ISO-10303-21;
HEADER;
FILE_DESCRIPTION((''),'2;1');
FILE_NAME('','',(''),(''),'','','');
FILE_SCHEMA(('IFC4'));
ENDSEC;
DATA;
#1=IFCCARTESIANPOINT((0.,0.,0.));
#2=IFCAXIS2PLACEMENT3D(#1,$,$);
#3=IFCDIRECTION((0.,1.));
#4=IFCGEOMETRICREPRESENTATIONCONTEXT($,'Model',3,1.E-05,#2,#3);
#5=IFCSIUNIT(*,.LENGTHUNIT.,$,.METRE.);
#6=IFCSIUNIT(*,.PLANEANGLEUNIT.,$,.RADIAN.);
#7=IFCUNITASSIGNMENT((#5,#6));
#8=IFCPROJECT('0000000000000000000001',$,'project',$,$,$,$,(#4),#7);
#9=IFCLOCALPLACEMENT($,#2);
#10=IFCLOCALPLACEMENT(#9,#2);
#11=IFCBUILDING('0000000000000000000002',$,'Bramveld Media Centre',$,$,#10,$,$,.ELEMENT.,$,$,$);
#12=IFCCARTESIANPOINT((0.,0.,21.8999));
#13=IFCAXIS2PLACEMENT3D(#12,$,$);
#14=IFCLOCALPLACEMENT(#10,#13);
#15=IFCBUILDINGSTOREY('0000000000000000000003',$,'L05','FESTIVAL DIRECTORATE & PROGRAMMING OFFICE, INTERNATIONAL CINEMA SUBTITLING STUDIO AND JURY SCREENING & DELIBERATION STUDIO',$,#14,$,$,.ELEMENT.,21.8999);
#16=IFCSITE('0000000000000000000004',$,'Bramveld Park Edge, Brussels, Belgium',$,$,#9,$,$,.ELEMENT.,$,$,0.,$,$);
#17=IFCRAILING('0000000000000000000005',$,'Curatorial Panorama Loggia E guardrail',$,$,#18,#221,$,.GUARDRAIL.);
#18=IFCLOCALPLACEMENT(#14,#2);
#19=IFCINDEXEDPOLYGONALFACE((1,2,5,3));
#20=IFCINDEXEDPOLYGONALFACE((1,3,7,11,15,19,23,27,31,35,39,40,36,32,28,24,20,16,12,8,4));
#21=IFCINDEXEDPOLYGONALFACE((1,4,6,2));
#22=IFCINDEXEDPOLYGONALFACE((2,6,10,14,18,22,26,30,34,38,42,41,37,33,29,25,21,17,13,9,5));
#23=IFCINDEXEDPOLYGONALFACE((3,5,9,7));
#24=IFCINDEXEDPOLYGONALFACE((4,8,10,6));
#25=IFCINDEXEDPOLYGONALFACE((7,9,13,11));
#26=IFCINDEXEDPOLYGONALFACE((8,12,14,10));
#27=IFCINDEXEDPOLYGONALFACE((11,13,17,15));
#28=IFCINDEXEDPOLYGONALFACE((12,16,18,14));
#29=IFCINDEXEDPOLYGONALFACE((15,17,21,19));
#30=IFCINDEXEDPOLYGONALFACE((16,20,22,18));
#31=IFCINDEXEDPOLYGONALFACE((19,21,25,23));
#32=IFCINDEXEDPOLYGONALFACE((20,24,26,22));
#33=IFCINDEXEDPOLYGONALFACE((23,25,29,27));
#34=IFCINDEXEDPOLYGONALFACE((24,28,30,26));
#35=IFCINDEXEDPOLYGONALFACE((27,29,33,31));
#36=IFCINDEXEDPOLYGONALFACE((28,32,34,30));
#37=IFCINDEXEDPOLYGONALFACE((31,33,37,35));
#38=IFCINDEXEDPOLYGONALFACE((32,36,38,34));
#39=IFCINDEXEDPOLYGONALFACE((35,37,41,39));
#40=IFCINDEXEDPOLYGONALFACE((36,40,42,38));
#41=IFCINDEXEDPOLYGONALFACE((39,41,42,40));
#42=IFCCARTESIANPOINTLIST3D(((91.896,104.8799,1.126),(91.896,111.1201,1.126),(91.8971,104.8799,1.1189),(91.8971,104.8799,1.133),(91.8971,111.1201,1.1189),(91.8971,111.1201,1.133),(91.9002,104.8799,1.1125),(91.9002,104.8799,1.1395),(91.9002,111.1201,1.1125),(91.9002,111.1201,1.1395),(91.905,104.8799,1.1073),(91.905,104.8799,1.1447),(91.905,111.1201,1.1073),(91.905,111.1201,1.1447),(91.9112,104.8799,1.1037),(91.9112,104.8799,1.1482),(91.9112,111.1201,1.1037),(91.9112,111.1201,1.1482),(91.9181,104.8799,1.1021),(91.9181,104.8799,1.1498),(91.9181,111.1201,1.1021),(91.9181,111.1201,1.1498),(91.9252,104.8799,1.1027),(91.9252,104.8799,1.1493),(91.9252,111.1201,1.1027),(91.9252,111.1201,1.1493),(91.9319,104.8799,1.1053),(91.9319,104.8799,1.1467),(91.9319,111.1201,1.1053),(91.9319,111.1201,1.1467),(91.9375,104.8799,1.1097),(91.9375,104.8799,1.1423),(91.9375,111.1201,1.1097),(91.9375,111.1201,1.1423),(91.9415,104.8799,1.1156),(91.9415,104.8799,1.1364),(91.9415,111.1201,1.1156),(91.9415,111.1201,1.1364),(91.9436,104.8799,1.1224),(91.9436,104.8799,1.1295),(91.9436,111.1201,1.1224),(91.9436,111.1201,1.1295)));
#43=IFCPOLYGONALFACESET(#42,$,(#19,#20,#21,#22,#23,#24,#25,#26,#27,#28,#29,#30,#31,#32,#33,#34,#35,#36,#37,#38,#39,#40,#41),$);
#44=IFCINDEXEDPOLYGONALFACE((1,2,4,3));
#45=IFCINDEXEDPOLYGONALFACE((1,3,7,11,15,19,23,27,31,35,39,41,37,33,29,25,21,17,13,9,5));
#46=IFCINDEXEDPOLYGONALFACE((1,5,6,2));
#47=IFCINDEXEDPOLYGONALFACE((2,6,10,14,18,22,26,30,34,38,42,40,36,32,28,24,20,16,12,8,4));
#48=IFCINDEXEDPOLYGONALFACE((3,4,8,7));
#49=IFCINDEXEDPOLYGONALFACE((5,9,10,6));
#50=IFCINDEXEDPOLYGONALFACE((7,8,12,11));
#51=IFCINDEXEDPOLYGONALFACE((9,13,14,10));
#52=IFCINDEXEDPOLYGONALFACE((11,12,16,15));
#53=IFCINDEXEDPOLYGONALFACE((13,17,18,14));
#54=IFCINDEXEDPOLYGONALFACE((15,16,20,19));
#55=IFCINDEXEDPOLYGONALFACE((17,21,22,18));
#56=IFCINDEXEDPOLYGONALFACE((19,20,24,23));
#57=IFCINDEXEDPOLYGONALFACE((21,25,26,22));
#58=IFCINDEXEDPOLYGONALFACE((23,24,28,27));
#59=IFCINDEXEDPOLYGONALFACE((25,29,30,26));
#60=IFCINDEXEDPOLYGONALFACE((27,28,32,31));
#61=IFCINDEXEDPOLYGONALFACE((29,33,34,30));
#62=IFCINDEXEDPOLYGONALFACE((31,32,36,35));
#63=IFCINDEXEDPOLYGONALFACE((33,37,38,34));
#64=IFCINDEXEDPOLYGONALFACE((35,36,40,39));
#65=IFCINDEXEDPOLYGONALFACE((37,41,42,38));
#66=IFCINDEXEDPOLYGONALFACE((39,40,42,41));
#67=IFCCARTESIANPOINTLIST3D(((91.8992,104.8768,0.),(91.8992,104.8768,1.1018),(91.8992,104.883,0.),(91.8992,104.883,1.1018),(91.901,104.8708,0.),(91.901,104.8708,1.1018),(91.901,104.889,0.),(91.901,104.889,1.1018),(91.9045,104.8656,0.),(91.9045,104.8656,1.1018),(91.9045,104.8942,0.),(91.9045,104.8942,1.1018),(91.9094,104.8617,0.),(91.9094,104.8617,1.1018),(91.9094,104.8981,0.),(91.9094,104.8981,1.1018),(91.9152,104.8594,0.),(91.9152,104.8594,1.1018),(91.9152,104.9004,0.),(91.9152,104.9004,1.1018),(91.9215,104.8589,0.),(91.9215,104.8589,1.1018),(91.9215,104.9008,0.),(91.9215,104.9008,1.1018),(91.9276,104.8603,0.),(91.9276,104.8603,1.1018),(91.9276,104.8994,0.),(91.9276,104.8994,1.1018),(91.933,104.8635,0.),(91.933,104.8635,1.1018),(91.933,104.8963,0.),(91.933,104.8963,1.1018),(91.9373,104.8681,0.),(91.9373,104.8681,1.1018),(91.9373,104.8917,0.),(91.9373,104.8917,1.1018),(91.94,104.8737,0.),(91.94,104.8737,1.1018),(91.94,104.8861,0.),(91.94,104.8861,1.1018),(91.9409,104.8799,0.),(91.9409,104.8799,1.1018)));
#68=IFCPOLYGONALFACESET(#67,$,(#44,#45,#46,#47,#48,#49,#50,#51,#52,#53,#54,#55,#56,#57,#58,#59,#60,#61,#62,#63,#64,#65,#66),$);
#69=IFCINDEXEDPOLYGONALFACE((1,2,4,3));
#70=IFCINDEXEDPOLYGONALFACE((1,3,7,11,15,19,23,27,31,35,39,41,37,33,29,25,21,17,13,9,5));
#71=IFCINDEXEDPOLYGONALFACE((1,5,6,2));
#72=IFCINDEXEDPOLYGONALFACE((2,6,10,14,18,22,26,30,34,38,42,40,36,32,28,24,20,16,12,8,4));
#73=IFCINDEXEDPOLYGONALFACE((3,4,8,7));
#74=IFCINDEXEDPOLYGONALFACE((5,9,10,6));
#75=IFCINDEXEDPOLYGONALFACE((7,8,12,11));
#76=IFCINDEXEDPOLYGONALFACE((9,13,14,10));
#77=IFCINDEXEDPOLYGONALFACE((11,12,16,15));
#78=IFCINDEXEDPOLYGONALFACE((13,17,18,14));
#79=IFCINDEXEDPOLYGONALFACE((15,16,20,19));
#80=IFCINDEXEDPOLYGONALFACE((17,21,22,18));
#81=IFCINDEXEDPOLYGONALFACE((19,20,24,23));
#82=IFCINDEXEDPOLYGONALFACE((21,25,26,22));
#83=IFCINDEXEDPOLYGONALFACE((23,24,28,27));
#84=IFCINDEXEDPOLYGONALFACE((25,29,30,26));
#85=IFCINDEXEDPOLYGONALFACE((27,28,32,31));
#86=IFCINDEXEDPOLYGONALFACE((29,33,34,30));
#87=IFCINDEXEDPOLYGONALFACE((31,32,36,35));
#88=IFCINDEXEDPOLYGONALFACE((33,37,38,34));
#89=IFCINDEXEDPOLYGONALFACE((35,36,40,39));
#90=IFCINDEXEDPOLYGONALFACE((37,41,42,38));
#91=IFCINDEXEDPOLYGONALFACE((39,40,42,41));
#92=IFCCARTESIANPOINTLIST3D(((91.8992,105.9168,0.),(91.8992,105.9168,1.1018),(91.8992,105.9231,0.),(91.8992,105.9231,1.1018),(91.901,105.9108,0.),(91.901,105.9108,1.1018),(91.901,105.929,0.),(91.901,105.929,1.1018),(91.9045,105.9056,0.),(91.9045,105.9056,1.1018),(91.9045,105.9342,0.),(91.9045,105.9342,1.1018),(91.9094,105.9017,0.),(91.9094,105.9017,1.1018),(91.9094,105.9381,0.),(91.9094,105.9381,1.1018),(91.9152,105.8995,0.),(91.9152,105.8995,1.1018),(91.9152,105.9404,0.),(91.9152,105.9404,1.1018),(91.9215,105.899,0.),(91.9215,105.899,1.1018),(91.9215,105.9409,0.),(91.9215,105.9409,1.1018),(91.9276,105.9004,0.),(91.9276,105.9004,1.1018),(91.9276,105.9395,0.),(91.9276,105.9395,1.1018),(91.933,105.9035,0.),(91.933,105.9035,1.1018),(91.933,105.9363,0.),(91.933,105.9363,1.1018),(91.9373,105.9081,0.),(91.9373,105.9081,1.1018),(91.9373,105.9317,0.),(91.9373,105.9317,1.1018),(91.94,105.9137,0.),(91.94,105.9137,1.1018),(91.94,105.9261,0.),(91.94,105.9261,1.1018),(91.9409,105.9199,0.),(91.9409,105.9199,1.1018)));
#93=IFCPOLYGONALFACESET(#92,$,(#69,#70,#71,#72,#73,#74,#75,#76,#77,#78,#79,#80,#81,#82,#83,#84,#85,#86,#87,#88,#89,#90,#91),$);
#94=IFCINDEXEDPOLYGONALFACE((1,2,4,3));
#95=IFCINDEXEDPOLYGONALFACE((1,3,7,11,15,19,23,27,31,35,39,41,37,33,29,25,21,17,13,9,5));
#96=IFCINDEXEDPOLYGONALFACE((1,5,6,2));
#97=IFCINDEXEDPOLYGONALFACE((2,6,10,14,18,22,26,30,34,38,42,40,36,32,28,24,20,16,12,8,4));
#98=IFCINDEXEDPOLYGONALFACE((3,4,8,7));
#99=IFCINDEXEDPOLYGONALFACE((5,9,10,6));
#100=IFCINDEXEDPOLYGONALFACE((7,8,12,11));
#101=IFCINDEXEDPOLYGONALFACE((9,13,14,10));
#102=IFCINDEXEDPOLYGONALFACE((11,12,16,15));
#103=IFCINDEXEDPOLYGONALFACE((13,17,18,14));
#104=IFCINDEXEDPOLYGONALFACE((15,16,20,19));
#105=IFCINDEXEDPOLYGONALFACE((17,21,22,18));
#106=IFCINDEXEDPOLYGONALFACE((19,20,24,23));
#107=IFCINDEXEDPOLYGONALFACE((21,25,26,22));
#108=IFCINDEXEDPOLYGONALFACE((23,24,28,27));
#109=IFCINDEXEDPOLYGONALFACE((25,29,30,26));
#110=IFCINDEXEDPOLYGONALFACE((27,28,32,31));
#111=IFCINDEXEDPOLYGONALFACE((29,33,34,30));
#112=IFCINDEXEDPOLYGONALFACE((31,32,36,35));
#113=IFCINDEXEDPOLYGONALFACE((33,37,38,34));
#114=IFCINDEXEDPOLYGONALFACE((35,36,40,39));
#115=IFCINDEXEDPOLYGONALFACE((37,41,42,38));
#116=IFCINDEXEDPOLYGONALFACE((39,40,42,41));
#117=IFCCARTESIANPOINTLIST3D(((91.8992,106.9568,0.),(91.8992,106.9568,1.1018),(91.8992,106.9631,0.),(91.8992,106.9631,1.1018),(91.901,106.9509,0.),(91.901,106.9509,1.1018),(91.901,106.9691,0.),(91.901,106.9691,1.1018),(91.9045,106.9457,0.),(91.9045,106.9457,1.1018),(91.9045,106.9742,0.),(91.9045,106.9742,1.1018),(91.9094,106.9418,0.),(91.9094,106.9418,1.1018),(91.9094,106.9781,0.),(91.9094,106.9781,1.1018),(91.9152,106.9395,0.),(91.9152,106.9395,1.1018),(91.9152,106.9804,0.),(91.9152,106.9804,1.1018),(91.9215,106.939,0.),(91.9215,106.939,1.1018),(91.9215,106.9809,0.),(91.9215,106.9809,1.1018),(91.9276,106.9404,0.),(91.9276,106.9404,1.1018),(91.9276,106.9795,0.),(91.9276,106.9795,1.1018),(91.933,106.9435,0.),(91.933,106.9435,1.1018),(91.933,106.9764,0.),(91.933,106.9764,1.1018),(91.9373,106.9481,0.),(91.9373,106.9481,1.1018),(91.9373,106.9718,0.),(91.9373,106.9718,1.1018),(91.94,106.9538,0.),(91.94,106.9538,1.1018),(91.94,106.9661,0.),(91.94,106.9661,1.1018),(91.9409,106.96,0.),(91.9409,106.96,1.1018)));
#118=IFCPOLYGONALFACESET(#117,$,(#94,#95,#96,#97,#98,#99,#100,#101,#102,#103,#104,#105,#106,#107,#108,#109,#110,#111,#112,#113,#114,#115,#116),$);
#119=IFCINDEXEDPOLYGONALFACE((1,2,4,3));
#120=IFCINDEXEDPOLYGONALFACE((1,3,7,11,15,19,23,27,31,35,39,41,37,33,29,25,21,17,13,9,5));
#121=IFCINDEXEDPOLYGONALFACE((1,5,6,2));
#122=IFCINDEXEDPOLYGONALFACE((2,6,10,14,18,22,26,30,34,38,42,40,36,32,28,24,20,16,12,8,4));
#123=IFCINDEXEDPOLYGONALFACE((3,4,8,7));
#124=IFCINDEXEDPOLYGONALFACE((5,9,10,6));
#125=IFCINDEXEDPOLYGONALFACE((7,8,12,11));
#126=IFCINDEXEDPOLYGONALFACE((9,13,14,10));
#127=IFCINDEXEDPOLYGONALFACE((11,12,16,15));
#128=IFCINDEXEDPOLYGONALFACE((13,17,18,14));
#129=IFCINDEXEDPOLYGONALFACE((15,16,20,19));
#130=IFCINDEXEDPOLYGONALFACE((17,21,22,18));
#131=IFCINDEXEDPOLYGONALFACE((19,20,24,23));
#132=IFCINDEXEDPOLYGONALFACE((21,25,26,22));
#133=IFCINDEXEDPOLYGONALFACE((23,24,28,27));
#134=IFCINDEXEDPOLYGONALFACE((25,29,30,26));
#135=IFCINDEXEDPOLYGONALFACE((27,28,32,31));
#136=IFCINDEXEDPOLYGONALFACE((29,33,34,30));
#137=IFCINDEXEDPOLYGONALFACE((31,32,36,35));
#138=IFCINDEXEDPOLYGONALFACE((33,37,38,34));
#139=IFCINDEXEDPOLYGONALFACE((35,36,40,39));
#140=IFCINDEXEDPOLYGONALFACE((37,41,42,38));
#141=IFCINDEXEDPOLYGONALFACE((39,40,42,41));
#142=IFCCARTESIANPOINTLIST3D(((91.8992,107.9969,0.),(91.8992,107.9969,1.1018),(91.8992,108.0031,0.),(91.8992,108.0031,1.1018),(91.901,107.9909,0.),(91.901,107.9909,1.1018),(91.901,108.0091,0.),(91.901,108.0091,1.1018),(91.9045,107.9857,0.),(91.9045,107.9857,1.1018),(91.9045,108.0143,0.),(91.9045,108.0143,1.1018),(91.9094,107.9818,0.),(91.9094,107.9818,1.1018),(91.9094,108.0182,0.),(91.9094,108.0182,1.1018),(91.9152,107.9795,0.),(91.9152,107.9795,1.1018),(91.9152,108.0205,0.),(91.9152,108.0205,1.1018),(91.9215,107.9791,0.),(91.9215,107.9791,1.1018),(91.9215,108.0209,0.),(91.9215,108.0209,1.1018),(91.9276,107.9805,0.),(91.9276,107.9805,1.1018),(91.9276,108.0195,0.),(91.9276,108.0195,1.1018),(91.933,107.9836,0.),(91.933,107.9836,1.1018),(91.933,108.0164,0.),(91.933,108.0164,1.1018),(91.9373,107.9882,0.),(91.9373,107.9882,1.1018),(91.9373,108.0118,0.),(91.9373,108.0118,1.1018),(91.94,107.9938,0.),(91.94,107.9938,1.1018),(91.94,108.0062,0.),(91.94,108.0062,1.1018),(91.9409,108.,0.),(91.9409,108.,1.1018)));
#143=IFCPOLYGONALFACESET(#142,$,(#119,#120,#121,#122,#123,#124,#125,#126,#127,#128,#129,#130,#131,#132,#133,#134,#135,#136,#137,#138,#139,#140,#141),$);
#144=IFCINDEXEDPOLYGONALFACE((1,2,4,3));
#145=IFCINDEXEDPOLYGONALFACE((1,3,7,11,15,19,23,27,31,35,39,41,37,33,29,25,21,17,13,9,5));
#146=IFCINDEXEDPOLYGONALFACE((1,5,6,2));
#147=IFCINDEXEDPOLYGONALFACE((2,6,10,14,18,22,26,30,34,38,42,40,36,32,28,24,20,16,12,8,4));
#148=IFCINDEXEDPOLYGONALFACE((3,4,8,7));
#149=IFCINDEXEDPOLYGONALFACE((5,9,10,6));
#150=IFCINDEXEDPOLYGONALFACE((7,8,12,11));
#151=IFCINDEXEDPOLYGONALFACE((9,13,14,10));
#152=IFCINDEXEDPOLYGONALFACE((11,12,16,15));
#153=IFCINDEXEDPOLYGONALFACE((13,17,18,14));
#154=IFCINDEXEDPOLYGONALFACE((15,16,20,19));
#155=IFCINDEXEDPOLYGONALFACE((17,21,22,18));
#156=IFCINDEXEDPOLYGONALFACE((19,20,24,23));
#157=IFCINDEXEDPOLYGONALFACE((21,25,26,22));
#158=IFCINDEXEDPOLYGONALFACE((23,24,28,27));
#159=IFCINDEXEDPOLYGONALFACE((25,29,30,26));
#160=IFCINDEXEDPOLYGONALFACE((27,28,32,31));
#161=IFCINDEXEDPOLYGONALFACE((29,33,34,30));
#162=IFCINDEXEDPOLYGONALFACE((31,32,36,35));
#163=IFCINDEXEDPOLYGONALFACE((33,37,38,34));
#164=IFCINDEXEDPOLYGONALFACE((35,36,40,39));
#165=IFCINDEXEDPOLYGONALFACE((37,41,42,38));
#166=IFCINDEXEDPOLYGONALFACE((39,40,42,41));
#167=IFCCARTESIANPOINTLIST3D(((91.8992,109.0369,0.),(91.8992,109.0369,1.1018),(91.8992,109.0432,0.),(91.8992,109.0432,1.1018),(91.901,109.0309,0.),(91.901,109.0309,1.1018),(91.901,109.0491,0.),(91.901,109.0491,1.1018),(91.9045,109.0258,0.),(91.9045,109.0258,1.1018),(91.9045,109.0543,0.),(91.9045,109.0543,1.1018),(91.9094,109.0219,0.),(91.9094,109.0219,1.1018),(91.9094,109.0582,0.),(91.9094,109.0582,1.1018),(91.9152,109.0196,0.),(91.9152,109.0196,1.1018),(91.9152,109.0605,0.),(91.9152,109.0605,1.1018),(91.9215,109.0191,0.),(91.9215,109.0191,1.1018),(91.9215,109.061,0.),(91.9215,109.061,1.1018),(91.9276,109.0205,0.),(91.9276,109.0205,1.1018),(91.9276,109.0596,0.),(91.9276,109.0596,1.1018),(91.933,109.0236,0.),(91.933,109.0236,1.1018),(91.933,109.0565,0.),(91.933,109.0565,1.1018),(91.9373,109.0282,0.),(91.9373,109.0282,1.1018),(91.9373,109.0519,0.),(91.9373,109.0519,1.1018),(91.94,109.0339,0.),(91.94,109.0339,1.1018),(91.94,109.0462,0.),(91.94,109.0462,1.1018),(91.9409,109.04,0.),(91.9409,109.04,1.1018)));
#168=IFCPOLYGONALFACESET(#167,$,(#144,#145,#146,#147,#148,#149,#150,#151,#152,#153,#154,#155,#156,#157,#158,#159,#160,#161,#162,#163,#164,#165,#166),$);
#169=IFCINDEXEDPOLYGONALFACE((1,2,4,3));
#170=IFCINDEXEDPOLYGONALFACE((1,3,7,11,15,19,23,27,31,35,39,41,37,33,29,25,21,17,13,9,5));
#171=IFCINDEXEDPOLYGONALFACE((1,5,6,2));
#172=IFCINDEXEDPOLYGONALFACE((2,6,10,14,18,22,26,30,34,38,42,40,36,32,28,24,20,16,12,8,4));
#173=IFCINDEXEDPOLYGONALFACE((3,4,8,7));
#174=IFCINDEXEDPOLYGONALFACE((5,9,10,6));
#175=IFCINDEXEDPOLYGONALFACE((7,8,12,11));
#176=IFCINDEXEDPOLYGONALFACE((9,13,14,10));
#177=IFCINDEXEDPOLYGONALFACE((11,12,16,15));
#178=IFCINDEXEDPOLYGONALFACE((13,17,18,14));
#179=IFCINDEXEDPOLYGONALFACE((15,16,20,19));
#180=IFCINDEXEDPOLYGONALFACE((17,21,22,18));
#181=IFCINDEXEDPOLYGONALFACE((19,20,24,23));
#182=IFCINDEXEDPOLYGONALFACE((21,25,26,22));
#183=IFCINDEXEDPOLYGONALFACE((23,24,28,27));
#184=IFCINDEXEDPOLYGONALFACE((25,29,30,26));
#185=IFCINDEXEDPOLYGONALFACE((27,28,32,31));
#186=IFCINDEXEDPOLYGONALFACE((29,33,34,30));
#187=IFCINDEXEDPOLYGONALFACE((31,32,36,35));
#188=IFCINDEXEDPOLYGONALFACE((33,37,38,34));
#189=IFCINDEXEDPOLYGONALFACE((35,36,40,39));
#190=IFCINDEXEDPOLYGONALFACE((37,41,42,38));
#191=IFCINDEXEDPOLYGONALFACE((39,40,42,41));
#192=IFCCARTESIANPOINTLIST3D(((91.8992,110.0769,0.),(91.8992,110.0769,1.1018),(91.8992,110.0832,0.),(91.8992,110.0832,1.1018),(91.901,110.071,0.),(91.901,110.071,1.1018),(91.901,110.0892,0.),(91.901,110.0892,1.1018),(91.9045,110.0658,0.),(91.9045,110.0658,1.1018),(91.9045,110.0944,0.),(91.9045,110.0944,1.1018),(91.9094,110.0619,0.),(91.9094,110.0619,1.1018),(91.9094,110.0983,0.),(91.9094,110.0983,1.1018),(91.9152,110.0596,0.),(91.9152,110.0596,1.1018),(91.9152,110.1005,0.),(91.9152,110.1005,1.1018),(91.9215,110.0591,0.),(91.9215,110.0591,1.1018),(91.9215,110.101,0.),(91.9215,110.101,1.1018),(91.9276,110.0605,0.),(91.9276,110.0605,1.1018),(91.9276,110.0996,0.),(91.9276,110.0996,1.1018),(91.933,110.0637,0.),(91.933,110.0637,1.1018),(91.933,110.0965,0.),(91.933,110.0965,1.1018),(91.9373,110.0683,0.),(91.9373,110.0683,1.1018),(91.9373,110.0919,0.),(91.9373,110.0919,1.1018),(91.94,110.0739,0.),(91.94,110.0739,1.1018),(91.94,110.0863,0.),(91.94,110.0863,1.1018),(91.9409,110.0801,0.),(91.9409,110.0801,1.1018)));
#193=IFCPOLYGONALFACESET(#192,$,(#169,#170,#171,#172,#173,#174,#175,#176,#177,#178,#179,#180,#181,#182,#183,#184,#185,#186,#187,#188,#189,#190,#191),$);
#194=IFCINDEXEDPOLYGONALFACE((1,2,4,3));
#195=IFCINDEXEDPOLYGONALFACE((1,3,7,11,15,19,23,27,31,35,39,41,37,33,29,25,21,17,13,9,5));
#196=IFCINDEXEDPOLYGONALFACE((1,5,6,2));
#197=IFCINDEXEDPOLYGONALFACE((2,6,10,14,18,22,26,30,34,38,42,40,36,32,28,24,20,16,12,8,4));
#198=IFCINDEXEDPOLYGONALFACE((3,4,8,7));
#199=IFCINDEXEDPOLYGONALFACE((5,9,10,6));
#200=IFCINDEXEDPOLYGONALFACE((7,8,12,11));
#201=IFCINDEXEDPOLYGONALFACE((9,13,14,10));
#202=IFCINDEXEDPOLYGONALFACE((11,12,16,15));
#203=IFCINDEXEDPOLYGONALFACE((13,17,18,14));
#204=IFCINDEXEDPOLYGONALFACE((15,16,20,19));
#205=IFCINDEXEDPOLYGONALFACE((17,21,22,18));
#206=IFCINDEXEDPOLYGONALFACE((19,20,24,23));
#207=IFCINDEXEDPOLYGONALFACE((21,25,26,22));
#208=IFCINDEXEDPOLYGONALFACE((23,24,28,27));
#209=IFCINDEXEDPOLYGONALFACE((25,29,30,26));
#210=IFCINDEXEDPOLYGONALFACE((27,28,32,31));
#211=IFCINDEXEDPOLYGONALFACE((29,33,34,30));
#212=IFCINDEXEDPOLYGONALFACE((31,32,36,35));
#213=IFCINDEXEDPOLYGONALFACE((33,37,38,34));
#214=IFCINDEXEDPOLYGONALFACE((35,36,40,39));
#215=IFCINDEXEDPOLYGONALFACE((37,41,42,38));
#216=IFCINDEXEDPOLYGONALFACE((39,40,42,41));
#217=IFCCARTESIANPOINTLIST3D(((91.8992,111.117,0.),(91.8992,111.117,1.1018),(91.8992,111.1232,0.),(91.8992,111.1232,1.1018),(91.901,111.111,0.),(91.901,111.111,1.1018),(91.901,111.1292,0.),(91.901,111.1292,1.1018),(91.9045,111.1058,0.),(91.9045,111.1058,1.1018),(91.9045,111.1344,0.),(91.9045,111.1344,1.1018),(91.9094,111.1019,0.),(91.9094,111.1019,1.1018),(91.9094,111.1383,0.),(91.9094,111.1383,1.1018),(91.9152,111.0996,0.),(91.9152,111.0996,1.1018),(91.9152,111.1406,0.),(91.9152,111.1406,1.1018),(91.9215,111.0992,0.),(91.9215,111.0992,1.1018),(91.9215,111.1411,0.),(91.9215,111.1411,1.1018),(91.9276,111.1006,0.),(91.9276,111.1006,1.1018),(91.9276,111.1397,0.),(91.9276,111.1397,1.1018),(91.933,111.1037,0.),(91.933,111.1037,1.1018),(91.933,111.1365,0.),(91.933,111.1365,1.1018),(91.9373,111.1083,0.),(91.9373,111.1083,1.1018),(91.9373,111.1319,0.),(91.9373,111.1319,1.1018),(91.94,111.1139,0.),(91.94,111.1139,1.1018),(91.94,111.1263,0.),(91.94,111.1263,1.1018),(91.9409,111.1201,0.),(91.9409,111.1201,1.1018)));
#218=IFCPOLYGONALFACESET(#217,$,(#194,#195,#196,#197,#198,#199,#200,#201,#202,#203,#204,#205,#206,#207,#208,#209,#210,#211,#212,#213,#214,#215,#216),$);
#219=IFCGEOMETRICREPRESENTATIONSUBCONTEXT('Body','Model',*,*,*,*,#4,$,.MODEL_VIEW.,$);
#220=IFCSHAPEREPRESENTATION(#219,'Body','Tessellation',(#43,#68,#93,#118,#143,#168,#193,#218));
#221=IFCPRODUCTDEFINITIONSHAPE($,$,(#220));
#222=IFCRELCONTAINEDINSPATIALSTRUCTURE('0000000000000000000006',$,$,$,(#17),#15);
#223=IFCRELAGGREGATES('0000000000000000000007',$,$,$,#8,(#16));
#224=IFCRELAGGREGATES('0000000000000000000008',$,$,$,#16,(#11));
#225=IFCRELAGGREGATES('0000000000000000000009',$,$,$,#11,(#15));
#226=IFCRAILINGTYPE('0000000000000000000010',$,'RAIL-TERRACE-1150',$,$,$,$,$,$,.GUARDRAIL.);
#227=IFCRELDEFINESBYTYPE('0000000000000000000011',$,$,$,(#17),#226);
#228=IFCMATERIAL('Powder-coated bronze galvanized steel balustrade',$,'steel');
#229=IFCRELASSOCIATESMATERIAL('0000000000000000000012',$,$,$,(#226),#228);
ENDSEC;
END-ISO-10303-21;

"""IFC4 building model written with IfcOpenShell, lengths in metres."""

from ifc_helpers import new_model, si_unit, direction, frame, origin, origin_2d, place, context, subcontext, project, spatial, circle, extrude, material, type_object, element, save


model = new_model("IFC4")

# Units and contexts
model_context = context("Model", 3, precision=1e-05, world=origin(), true_north=direction((0.0, 1.0)))
body_context = subcontext(model_context, "Body", "Model", "MODEL_VIEW")
ifc_project = project(units=[si_unit("LENGTHUNIT", "METRE"), si_unit("PLANEANGLEUNIT", "RADIAN")], contexts=[model_context])

# Site, building, storey
site_placement = place(None, origin())
site = spatial("IfcSite", under=ifc_project, at=site_placement, Name="Bramveld Park Edge, Brussels, Belgium", CompositionType="ELEMENT", RefElevation=0.0)
building_placement = place(site_placement, origin())
building = spatial("IfcBuilding", under=site, at=building_placement, Name="Bramveld Media Centre", CompositionType="ELEMENT")
storey_placement = place(building_placement, frame((0.0, 0.0, 21.8999)))
storey = spatial("IfcBuildingStorey", under=building, at=storey_placement, Name="L05", Description="FESTIVAL DIRECTORATE & PROGRAMMING OFFICE, INTERNATIONAL CINEMA SUBTITLING STUDIO AND JURY SCREENING & DELIBERATION STUDIO", CompositionType="ELEMENT", Elevation=21.8999)

# Railing
ifc_material_1 = material(Name="Powder-coated bronze galvanized steel balustrade", Category="steel")
railing_type = type_object("IfcRailingType", Name="RAIL-TERRACE-1150", PredefinedType="GUARDRAIL", material=ifc_material_1)
railing_1_placement = place(storey_placement, frame((91.9199, 104.8799, 0.0)))
element("IfcRailing", 1, at=railing_1_placement, inside=storey, type_object=railing_type, Name="Curatorial Panorama Loggia E guardrail", PredefinedType="GUARDRAIL", context=body_context, shape_type="SweptSolid", body=[
    extrude(circle(Radius=0.0239, at=origin_2d()), frame((0.0, 0.0, 1.126), z_axis=(0.0, 1.0, 0.0), x_axis=(-1.0, 0.0, 0.0)), (0.0, 0.0, 1.0), 6.2402),
    extrude(circle(Radius=0.021, at=origin_2d()), origin(), (0.0, 0.0, 1.0), 1.1018),
    extrude(circle(Radius=0.021, at=origin_2d()), frame((0.0, 1.04, 0.0)), (0.0, 0.0, 1.0), 1.1018),
    extrude(circle(Radius=0.021, at=origin_2d()), frame((0.0, 2.0801, 0.0)), (0.0, 0.0, 1.0), 1.1018),
    extrude(circle(Radius=0.021, at=origin_2d()), frame((0.0, 3.1201, 0.0)), (0.0, 0.0, 1.0), 1.1018),
    extrude(circle(Radius=0.021, at=origin_2d()), frame((0.0, 4.1602, 0.0)), (0.0, 0.0, 1.0), 1.1018),
    extrude(circle(Radius=0.021, at=origin_2d()), frame((0.0, 5.2002, 0.0)), (0.0, 0.0, 1.0), 1.1018),
    extrude(circle(Radius=0.021, at=origin_2d()), frame((0.0, 6.2402, 0.0)), (0.0, 0.0, 1.0), 1.1018),
])

save(model, "model.ifc")
